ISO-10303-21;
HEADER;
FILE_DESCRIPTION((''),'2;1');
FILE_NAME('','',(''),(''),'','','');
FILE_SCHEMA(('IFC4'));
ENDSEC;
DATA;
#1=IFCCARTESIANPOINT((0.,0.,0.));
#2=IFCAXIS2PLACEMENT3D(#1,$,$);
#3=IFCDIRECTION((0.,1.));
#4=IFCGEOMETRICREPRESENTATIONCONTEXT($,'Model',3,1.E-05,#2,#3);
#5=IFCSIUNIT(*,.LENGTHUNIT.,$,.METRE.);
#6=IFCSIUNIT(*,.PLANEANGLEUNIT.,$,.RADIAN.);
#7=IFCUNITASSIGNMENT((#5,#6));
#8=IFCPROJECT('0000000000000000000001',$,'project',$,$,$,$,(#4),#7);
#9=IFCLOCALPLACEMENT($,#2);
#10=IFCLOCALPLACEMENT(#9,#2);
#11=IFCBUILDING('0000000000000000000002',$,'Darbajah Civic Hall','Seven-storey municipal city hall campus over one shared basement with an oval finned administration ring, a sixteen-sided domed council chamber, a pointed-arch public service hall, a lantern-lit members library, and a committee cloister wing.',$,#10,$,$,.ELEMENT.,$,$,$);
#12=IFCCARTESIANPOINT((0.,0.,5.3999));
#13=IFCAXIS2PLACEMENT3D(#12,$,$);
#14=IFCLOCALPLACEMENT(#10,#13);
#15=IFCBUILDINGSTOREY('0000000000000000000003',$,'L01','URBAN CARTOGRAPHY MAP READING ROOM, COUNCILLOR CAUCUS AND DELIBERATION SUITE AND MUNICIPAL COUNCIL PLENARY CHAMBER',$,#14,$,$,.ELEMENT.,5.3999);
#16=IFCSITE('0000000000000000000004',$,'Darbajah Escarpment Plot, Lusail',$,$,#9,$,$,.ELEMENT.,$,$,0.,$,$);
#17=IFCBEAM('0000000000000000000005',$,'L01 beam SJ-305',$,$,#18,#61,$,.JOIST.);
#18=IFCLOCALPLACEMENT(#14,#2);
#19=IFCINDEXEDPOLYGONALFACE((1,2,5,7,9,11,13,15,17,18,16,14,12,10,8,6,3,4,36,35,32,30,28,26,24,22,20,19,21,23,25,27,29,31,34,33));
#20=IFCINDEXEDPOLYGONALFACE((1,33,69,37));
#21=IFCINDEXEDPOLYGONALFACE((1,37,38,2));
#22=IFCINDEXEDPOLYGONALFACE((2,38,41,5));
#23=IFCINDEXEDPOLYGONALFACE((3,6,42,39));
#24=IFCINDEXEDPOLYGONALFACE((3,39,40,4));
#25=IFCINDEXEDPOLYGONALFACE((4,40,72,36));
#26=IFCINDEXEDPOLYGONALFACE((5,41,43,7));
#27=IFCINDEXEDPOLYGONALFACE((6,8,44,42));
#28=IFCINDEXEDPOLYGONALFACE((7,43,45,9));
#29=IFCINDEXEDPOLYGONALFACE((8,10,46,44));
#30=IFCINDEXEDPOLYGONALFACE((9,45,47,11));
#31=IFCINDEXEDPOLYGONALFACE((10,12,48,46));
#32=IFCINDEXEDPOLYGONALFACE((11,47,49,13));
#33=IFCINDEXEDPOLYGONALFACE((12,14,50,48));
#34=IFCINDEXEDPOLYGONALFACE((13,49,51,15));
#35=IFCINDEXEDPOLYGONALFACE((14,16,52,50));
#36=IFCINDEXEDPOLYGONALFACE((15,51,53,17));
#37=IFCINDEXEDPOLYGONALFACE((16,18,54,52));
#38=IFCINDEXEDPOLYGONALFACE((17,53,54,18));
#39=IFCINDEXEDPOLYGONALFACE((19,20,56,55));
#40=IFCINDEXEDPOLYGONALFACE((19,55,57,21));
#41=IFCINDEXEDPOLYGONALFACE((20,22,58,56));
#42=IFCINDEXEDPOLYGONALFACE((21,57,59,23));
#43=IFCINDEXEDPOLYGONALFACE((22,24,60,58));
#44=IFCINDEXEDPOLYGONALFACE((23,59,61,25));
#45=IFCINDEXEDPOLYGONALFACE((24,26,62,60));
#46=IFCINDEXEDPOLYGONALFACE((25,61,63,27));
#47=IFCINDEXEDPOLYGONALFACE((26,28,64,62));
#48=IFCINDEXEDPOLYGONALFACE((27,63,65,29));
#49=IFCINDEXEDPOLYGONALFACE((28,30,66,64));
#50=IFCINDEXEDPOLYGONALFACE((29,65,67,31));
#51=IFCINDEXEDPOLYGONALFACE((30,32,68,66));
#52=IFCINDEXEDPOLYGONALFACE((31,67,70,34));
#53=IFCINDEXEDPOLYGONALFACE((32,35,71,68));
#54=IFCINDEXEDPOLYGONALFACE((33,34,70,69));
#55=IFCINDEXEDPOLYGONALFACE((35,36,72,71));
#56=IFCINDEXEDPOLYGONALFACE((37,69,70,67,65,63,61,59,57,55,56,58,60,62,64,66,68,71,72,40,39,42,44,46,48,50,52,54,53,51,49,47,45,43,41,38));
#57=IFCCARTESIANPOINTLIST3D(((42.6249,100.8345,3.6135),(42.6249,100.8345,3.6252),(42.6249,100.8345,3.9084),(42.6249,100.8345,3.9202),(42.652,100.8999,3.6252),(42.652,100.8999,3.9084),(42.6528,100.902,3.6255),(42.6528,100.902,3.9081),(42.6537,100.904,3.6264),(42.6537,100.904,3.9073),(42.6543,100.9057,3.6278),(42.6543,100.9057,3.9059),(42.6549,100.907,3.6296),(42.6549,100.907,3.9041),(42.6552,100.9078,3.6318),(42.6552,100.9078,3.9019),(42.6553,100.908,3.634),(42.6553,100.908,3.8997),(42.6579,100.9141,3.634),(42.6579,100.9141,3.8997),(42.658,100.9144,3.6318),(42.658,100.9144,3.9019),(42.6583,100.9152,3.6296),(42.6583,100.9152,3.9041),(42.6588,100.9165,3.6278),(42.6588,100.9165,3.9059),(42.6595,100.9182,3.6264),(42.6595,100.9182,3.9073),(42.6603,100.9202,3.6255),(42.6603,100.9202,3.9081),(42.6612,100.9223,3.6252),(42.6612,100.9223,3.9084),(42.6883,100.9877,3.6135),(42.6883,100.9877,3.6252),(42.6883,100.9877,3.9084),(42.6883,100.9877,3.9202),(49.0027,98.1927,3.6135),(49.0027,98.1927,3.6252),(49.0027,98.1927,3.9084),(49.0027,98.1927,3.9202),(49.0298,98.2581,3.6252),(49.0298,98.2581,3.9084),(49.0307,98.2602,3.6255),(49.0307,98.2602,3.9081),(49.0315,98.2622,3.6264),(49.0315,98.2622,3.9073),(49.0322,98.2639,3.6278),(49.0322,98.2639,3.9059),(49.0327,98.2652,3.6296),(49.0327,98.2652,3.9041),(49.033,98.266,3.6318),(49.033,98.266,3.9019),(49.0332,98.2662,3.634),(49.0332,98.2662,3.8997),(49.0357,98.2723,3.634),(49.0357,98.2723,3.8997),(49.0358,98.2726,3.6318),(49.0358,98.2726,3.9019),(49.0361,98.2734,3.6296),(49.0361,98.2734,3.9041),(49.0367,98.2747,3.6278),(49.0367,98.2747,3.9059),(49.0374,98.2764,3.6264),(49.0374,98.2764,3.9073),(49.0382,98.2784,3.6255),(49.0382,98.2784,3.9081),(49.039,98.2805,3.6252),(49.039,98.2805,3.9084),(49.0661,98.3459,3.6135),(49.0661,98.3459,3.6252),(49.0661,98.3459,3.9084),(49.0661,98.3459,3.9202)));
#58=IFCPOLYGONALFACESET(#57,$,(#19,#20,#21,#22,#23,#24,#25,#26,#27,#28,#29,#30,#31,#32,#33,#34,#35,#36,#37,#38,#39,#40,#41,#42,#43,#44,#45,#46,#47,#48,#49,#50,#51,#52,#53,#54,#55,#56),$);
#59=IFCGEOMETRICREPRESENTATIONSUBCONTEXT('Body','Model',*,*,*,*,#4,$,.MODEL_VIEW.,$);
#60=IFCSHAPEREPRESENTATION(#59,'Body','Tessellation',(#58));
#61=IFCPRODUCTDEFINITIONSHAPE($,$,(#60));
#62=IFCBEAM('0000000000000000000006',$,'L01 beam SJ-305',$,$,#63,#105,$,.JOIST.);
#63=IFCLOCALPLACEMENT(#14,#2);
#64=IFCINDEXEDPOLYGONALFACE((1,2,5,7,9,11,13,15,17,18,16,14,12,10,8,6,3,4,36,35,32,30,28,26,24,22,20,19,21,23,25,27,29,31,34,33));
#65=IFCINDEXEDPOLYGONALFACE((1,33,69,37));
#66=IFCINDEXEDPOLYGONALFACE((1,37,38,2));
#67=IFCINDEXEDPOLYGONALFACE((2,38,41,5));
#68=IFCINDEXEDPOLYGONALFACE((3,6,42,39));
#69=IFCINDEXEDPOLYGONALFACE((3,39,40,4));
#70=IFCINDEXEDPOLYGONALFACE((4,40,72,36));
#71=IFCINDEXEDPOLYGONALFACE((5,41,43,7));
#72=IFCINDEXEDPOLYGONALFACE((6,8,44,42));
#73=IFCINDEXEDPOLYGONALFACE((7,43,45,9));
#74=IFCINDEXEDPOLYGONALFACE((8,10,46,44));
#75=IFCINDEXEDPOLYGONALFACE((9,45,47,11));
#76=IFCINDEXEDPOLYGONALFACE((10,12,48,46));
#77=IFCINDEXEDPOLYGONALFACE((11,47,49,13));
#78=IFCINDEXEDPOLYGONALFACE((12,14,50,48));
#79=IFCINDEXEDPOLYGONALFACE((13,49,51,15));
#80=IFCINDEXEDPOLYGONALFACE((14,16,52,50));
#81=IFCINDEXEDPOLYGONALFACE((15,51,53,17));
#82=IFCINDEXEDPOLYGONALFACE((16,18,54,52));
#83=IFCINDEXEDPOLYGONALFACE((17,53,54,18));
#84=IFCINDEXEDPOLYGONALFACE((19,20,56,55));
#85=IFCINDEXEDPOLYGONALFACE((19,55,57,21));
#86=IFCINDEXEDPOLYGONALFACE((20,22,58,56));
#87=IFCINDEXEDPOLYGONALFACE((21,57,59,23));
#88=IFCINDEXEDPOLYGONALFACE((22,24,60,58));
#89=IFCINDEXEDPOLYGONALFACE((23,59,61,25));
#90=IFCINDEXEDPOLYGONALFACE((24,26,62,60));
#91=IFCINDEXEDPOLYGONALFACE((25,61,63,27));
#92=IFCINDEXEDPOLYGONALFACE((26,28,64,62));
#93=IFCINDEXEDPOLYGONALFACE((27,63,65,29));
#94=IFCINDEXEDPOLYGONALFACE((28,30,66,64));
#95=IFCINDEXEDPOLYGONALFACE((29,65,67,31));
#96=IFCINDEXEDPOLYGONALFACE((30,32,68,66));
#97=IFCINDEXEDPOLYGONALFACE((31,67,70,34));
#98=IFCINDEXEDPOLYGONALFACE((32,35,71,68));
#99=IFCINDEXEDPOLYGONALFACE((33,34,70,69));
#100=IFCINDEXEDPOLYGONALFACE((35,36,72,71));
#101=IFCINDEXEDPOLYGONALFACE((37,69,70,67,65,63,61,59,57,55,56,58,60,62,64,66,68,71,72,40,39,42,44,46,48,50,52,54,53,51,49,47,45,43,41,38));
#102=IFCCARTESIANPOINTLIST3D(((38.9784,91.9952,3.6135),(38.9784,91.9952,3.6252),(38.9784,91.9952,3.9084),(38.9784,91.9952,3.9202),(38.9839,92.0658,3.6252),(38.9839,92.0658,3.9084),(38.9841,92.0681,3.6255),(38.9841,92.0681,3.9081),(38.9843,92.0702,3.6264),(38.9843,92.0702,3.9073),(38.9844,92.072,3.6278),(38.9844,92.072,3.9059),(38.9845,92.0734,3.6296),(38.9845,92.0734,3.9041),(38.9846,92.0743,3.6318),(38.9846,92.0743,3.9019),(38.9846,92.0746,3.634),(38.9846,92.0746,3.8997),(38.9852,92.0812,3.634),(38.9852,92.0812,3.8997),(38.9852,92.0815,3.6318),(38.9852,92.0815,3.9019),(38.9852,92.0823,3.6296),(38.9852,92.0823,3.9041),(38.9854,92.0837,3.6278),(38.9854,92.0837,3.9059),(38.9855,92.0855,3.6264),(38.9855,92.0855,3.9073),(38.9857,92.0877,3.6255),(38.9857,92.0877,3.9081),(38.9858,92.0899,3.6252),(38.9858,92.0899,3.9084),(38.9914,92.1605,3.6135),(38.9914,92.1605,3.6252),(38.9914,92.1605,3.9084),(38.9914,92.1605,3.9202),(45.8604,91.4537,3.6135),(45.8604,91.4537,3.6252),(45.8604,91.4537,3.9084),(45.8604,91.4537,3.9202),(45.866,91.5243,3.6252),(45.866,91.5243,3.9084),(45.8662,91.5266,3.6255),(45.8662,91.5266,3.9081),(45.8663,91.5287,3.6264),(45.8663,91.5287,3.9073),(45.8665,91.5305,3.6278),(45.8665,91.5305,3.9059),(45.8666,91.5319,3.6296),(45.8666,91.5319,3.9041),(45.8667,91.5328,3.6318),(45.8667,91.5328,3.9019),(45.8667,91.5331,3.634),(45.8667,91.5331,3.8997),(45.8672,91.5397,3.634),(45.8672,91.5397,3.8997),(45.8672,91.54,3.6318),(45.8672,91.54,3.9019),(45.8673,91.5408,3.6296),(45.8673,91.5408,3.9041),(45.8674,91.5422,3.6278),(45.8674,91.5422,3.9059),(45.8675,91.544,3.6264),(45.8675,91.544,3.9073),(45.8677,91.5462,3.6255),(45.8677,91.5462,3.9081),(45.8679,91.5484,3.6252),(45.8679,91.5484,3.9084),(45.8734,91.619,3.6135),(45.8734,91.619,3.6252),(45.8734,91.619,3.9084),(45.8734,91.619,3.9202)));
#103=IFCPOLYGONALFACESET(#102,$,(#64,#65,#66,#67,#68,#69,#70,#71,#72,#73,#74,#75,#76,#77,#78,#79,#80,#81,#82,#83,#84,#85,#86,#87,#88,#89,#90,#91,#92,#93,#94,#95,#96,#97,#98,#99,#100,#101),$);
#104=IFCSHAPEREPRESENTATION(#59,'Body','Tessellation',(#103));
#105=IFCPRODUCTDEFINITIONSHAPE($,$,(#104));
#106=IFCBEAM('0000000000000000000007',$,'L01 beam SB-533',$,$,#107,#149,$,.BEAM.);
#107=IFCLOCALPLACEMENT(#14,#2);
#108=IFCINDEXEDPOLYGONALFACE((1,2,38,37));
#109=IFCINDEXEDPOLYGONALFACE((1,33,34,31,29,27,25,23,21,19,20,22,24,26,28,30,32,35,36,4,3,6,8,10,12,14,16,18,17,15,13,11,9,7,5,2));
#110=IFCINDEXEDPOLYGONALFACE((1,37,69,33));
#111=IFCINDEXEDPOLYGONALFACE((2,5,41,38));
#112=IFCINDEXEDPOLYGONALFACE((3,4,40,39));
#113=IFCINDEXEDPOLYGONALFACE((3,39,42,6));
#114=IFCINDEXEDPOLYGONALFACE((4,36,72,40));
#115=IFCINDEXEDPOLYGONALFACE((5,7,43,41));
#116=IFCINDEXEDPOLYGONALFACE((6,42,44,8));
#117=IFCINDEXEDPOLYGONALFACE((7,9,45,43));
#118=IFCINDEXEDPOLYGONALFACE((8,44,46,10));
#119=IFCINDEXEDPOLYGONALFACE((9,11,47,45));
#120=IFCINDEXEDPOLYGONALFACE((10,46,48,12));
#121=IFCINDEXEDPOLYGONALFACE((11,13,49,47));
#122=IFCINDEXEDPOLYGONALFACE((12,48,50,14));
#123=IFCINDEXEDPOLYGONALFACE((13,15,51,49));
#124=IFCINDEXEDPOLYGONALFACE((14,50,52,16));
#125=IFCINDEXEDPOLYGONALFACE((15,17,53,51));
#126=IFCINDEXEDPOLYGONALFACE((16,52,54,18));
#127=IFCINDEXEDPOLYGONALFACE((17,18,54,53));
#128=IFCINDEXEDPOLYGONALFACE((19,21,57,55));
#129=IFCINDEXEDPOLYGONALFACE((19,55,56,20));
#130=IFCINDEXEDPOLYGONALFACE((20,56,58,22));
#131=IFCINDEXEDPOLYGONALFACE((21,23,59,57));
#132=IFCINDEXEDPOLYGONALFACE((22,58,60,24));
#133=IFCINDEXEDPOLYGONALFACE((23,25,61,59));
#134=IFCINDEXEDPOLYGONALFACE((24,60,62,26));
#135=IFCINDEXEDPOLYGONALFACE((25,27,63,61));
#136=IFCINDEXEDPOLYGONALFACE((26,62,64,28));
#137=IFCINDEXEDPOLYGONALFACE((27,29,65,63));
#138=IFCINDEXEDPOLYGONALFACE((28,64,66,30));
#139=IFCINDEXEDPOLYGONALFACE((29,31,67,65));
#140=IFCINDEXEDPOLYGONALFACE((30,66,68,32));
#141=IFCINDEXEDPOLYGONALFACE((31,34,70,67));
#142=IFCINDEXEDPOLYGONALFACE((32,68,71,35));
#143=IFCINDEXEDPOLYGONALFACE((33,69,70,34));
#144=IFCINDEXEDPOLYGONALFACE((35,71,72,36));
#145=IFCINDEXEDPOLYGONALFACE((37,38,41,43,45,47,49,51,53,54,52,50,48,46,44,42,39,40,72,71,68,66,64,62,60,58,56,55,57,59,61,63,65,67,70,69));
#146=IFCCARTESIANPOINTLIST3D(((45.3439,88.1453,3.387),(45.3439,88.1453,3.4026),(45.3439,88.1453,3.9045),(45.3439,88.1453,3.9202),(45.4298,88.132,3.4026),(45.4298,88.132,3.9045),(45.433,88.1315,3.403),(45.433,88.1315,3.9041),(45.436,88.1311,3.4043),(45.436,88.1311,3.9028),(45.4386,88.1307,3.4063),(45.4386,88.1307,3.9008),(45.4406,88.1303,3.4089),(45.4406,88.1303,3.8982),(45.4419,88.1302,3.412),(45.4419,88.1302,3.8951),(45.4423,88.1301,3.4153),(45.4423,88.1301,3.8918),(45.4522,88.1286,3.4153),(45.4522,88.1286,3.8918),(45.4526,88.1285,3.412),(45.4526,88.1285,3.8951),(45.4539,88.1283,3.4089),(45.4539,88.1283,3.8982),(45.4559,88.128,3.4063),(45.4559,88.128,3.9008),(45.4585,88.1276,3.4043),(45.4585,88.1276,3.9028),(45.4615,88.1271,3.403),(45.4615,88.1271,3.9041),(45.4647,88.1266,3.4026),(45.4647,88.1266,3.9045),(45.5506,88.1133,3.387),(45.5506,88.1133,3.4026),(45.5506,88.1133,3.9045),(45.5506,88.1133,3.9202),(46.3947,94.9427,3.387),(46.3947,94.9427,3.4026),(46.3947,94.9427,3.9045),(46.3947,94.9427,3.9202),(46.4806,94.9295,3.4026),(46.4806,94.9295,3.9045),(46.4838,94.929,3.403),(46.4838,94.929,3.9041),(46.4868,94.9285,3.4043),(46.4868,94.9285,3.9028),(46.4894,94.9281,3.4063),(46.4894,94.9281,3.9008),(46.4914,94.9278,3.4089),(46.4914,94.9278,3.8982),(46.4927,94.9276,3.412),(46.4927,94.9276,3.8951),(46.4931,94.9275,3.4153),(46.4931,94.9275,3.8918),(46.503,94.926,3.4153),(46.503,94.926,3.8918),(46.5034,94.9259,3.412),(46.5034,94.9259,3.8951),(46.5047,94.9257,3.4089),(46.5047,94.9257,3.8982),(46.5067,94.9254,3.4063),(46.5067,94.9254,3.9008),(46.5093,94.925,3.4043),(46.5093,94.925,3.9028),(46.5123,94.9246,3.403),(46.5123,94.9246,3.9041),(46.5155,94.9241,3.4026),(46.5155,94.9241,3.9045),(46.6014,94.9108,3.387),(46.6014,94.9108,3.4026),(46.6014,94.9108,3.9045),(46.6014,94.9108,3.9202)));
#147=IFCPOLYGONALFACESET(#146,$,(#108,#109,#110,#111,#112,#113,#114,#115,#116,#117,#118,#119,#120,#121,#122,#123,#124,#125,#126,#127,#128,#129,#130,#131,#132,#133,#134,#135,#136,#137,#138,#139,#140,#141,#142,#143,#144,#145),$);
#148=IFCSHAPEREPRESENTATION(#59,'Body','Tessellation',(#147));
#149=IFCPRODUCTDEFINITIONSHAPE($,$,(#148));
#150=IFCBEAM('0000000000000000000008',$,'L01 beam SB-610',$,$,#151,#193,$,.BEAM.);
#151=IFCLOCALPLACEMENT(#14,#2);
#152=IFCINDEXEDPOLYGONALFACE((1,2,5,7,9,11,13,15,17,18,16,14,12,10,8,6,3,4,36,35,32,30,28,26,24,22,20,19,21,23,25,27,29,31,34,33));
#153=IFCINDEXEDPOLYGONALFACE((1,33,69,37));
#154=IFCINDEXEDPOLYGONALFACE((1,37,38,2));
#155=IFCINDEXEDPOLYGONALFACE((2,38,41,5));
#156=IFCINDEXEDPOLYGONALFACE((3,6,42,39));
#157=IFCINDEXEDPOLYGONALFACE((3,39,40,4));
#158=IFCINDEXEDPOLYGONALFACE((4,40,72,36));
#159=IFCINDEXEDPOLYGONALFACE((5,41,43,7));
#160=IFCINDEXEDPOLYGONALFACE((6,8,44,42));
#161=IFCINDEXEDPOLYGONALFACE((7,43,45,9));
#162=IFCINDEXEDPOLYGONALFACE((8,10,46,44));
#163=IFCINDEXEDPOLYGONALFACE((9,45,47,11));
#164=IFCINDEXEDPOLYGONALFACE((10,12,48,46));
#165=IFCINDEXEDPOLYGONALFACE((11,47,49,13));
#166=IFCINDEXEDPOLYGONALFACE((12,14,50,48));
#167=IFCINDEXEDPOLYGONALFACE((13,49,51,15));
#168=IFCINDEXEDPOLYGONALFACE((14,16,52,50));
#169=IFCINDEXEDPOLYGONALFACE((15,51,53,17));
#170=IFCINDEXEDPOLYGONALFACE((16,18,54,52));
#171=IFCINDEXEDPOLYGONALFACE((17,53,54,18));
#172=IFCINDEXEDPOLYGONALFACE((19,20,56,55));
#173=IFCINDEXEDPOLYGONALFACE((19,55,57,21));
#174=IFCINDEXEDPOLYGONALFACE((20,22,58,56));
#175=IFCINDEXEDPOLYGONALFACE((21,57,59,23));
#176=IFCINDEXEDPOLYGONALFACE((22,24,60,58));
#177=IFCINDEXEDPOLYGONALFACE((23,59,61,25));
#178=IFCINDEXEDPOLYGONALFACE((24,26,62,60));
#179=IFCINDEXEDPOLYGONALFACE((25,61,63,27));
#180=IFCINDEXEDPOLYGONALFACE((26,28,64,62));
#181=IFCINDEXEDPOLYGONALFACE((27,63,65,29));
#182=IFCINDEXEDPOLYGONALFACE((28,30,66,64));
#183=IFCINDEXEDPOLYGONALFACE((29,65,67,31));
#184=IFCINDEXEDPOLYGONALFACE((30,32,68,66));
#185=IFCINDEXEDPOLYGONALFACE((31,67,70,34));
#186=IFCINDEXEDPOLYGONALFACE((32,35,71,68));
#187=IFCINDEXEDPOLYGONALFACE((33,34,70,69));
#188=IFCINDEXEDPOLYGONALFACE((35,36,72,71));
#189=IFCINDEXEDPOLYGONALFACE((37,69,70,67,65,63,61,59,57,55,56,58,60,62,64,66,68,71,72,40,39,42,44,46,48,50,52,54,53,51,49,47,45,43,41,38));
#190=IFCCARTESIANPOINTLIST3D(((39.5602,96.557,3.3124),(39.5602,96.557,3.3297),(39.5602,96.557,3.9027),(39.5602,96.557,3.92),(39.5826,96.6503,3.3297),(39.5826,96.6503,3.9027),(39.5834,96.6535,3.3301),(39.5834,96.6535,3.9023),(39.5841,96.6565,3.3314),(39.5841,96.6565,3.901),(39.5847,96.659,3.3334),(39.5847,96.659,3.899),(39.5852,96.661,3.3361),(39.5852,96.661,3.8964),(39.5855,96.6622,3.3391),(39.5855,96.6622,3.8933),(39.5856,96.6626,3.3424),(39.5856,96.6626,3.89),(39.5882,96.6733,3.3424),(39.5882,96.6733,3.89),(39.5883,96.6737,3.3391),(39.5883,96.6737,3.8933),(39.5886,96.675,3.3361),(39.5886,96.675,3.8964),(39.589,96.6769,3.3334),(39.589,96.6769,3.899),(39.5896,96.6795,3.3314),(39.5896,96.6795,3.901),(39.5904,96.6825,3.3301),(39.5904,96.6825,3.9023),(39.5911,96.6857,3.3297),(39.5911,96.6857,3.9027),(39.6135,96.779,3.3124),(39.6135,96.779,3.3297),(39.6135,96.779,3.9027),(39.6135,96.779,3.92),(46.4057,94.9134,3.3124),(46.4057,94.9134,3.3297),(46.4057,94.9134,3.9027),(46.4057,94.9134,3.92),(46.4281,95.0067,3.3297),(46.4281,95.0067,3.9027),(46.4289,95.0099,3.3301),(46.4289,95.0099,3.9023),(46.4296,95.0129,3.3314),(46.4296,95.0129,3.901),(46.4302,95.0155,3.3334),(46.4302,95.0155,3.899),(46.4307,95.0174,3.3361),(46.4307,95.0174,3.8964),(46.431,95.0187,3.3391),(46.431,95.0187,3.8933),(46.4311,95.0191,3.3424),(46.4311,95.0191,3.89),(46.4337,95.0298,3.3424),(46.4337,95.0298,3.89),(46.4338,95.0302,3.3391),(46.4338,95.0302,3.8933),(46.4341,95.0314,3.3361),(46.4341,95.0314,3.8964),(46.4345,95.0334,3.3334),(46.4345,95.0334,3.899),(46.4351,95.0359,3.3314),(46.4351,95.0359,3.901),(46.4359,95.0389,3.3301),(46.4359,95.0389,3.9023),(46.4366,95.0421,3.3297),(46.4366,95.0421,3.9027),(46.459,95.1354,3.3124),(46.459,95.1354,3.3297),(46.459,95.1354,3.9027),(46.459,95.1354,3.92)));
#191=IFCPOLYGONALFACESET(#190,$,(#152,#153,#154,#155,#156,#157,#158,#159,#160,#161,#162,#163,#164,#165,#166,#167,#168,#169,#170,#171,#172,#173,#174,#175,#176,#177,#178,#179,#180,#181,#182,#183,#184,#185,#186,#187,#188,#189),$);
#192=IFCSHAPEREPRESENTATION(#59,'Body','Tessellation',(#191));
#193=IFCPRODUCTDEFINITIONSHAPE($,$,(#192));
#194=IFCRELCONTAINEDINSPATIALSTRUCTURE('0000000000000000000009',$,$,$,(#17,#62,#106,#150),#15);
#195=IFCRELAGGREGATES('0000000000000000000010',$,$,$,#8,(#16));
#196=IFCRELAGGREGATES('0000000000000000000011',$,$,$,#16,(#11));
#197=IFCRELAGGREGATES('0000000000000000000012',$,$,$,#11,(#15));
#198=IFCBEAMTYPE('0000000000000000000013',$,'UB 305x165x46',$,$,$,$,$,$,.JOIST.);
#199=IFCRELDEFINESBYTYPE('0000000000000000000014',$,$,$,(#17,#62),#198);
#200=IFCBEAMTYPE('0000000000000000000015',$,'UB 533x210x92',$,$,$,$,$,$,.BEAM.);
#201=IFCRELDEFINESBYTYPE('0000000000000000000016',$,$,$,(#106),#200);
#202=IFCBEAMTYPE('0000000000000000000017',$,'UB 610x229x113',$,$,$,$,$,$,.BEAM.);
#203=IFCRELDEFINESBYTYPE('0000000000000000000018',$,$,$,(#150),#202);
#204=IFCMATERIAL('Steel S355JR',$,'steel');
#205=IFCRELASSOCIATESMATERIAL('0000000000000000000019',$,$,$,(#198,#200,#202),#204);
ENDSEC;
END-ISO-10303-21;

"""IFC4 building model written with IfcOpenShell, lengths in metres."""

from ifc_helpers import new_model, si_unit, direction, frame, origin, origin_2d, place, context, subcontext, project, spatial, i_section, extrude, material, material_profile, profile_set, type_object, element, save


model = new_model("IFC4")

# Units and contexts
model_context = context("Model", 3, precision=1e-05, world=origin(), true_north=direction((0.0, 1.0)))
body_context = subcontext(model_context, "Body", "Model", "MODEL_VIEW")
ifc_project = project(units=[si_unit("LENGTHUNIT", "METRE"), si_unit("PLANEANGLEUNIT", "RADIAN")], contexts=[model_context])

# Site, building, storey
site_placement = place(None, origin())
site = spatial("IfcSite", under=ifc_project, at=site_placement, Name="Darbajah Escarpment Plot, Lusail", CompositionType="ELEMENT", RefElevation=0.0)
building_placement = place(site_placement, origin())
building = spatial("IfcBuilding", under=site, at=building_placement, Name="Darbajah Civic Hall", Description="Seven-storey municipal city hall campus over one shared basement with an oval finned administration ring, a sixteen-sided domed council chamber, a pointed-arch public service hall, a lantern-lit members library, and a committee cloister wing.", CompositionType="ELEMENT")
storey_placement = place(building_placement, frame((0.0, 0.0, 5.3999)))
storey = spatial("IfcBuildingStorey", under=building, at=storey_placement, Name="L01", Description="URBAN CARTOGRAPHY MAP READING ROOM, COUNCILLOR CAUCUS AND DELIBERATION SUITE AND MUNICIPAL COUNCIL PLENARY CHAMBER", CompositionType="ELEMENT", Elevation=5.3999)

# Beams
ifc_material_1 = material(Name="Steel S355JR", Category="steel")
ifc_material_profile_1 = material_profile(ifc_material_1, i_section(OverallWidth=0.1658, OverallDepth=0.3066, WebThickness=0.0066, FlangeThickness=0.0117, FilletRadius=0.0088, at=origin_2d()), Name="UB 305x165x46")
ifc_profile_set_1 = profile_set([ifc_material_profile_1], Name="Steel S355JR")
beam_type_1 = type_object("IfcBeamType", Name="UB 305x165x46", PredefinedType="JOIST", material=ifc_profile_set_1)
for number, where, z_axis, x_axis, name in (
    (1, (49.0344, 98.2693, 3.7668), (-0.923878, 0.382686, 0.0), (-0.382686, -0.923878, 0.0), "L01 beam SJ-305"),
    (2, (45.8669, 91.5364, 3.7668), (-0.996919, 0.078441, 0.0), (-0.078441, -0.996919, 0.0), "L01 beam SJ-305"),
):
    element("IfcBeam", number, at=place(storey_placement, frame(where, z_axis=z_axis, x_axis=x_axis)), inside=storey, type_object=beam_type_1, Name=name, PredefinedType="JOIST", context=body_context, shape_type="SweptSolid", body=[
        extrude(i_section(OverallWidth=0.1658, OverallDepth=0.3066, WebThickness=0.0066, FlangeThickness=0.0117, FilletRadius=0.0088, at=origin_2d()), origin(), (0.0, 0.0, 1.0), 6.9033),
    ])
ifc_material_profile_2 = material_profile(ifc_material_1, i_section(OverallWidth=0.2092, OverallDepth=0.5332, WebThickness=0.01, FlangeThickness=0.0156, FilletRadius=0.0127, at=origin_2d()), Name="UB 533x210x92")
ifc_profile_set_2 = profile_set([ifc_material_profile_2], Name="Steel S355JR")
beam_type_2 = type_object("IfcBeamType", Name="UB 533x210x92", PredefinedType="BEAM", material=ifc_profile_set_2)
beam_1_placement = place(storey_placement, frame((46.498, 94.9268, 3.6536), z_axis=(-0.152772, -0.988261, 0.0), x_axis=(0.988261, -0.152772, 0.0)))
element("IfcBeam", 3, at=beam_1_placement, inside=storey, type_object=beam_type_2, Name="L01 beam SB-533", PredefinedType="BEAM", context=body_context, shape_type="SweptSolid", body=[
    extrude(i_section(OverallWidth=0.2092, OverallDepth=0.5332, WebThickness=0.01, FlangeThickness=0.0156, FilletRadius=0.0127, at=origin_2d()), origin(), (0.0, 0.0, 1.0), 6.8782),
])
ifc_material_profile_3 = material_profile(ifc_material_1, i_section(OverallWidth=0.2283, OverallDepth=0.6077, WebThickness=0.011, FlangeThickness=0.0173, FilletRadius=0.0127, at=origin_2d()), Name="UB 610x229x113")
ifc_profile_set_3 = profile_set([ifc_material_profile_3], Name="Steel S355JR")
beam_type_3 = type_object("IfcBeamType", Name="UB 610x229x113", PredefinedType="BEAM", material=ifc_profile_set_3)
for number, where, z_axis, x_axis, name in (
    (4, (46.4324, 95.0244, 3.6162), (-0.972367, 0.23346, 0.0), (-0.23346, -0.972367, 0.0), "L01 beam SB-610"),
):
    element("IfcBeam", number, at=place(storey_placement, frame(where, z_axis=z_axis, x_axis=x_axis)), inside=storey, type_object=beam_type_3, Name=name, PredefinedType="BEAM", context=body_context, shape_type="SweptSolid", body=[
        extrude(i_section(OverallWidth=0.2283, OverallDepth=0.6077, WebThickness=0.011, FlangeThickness=0.0173, FilletRadius=0.0127, at=origin_2d()), origin(), (0.0, 0.0, 1.0), 7.04),
    ])

save(model, "model.ifc")
